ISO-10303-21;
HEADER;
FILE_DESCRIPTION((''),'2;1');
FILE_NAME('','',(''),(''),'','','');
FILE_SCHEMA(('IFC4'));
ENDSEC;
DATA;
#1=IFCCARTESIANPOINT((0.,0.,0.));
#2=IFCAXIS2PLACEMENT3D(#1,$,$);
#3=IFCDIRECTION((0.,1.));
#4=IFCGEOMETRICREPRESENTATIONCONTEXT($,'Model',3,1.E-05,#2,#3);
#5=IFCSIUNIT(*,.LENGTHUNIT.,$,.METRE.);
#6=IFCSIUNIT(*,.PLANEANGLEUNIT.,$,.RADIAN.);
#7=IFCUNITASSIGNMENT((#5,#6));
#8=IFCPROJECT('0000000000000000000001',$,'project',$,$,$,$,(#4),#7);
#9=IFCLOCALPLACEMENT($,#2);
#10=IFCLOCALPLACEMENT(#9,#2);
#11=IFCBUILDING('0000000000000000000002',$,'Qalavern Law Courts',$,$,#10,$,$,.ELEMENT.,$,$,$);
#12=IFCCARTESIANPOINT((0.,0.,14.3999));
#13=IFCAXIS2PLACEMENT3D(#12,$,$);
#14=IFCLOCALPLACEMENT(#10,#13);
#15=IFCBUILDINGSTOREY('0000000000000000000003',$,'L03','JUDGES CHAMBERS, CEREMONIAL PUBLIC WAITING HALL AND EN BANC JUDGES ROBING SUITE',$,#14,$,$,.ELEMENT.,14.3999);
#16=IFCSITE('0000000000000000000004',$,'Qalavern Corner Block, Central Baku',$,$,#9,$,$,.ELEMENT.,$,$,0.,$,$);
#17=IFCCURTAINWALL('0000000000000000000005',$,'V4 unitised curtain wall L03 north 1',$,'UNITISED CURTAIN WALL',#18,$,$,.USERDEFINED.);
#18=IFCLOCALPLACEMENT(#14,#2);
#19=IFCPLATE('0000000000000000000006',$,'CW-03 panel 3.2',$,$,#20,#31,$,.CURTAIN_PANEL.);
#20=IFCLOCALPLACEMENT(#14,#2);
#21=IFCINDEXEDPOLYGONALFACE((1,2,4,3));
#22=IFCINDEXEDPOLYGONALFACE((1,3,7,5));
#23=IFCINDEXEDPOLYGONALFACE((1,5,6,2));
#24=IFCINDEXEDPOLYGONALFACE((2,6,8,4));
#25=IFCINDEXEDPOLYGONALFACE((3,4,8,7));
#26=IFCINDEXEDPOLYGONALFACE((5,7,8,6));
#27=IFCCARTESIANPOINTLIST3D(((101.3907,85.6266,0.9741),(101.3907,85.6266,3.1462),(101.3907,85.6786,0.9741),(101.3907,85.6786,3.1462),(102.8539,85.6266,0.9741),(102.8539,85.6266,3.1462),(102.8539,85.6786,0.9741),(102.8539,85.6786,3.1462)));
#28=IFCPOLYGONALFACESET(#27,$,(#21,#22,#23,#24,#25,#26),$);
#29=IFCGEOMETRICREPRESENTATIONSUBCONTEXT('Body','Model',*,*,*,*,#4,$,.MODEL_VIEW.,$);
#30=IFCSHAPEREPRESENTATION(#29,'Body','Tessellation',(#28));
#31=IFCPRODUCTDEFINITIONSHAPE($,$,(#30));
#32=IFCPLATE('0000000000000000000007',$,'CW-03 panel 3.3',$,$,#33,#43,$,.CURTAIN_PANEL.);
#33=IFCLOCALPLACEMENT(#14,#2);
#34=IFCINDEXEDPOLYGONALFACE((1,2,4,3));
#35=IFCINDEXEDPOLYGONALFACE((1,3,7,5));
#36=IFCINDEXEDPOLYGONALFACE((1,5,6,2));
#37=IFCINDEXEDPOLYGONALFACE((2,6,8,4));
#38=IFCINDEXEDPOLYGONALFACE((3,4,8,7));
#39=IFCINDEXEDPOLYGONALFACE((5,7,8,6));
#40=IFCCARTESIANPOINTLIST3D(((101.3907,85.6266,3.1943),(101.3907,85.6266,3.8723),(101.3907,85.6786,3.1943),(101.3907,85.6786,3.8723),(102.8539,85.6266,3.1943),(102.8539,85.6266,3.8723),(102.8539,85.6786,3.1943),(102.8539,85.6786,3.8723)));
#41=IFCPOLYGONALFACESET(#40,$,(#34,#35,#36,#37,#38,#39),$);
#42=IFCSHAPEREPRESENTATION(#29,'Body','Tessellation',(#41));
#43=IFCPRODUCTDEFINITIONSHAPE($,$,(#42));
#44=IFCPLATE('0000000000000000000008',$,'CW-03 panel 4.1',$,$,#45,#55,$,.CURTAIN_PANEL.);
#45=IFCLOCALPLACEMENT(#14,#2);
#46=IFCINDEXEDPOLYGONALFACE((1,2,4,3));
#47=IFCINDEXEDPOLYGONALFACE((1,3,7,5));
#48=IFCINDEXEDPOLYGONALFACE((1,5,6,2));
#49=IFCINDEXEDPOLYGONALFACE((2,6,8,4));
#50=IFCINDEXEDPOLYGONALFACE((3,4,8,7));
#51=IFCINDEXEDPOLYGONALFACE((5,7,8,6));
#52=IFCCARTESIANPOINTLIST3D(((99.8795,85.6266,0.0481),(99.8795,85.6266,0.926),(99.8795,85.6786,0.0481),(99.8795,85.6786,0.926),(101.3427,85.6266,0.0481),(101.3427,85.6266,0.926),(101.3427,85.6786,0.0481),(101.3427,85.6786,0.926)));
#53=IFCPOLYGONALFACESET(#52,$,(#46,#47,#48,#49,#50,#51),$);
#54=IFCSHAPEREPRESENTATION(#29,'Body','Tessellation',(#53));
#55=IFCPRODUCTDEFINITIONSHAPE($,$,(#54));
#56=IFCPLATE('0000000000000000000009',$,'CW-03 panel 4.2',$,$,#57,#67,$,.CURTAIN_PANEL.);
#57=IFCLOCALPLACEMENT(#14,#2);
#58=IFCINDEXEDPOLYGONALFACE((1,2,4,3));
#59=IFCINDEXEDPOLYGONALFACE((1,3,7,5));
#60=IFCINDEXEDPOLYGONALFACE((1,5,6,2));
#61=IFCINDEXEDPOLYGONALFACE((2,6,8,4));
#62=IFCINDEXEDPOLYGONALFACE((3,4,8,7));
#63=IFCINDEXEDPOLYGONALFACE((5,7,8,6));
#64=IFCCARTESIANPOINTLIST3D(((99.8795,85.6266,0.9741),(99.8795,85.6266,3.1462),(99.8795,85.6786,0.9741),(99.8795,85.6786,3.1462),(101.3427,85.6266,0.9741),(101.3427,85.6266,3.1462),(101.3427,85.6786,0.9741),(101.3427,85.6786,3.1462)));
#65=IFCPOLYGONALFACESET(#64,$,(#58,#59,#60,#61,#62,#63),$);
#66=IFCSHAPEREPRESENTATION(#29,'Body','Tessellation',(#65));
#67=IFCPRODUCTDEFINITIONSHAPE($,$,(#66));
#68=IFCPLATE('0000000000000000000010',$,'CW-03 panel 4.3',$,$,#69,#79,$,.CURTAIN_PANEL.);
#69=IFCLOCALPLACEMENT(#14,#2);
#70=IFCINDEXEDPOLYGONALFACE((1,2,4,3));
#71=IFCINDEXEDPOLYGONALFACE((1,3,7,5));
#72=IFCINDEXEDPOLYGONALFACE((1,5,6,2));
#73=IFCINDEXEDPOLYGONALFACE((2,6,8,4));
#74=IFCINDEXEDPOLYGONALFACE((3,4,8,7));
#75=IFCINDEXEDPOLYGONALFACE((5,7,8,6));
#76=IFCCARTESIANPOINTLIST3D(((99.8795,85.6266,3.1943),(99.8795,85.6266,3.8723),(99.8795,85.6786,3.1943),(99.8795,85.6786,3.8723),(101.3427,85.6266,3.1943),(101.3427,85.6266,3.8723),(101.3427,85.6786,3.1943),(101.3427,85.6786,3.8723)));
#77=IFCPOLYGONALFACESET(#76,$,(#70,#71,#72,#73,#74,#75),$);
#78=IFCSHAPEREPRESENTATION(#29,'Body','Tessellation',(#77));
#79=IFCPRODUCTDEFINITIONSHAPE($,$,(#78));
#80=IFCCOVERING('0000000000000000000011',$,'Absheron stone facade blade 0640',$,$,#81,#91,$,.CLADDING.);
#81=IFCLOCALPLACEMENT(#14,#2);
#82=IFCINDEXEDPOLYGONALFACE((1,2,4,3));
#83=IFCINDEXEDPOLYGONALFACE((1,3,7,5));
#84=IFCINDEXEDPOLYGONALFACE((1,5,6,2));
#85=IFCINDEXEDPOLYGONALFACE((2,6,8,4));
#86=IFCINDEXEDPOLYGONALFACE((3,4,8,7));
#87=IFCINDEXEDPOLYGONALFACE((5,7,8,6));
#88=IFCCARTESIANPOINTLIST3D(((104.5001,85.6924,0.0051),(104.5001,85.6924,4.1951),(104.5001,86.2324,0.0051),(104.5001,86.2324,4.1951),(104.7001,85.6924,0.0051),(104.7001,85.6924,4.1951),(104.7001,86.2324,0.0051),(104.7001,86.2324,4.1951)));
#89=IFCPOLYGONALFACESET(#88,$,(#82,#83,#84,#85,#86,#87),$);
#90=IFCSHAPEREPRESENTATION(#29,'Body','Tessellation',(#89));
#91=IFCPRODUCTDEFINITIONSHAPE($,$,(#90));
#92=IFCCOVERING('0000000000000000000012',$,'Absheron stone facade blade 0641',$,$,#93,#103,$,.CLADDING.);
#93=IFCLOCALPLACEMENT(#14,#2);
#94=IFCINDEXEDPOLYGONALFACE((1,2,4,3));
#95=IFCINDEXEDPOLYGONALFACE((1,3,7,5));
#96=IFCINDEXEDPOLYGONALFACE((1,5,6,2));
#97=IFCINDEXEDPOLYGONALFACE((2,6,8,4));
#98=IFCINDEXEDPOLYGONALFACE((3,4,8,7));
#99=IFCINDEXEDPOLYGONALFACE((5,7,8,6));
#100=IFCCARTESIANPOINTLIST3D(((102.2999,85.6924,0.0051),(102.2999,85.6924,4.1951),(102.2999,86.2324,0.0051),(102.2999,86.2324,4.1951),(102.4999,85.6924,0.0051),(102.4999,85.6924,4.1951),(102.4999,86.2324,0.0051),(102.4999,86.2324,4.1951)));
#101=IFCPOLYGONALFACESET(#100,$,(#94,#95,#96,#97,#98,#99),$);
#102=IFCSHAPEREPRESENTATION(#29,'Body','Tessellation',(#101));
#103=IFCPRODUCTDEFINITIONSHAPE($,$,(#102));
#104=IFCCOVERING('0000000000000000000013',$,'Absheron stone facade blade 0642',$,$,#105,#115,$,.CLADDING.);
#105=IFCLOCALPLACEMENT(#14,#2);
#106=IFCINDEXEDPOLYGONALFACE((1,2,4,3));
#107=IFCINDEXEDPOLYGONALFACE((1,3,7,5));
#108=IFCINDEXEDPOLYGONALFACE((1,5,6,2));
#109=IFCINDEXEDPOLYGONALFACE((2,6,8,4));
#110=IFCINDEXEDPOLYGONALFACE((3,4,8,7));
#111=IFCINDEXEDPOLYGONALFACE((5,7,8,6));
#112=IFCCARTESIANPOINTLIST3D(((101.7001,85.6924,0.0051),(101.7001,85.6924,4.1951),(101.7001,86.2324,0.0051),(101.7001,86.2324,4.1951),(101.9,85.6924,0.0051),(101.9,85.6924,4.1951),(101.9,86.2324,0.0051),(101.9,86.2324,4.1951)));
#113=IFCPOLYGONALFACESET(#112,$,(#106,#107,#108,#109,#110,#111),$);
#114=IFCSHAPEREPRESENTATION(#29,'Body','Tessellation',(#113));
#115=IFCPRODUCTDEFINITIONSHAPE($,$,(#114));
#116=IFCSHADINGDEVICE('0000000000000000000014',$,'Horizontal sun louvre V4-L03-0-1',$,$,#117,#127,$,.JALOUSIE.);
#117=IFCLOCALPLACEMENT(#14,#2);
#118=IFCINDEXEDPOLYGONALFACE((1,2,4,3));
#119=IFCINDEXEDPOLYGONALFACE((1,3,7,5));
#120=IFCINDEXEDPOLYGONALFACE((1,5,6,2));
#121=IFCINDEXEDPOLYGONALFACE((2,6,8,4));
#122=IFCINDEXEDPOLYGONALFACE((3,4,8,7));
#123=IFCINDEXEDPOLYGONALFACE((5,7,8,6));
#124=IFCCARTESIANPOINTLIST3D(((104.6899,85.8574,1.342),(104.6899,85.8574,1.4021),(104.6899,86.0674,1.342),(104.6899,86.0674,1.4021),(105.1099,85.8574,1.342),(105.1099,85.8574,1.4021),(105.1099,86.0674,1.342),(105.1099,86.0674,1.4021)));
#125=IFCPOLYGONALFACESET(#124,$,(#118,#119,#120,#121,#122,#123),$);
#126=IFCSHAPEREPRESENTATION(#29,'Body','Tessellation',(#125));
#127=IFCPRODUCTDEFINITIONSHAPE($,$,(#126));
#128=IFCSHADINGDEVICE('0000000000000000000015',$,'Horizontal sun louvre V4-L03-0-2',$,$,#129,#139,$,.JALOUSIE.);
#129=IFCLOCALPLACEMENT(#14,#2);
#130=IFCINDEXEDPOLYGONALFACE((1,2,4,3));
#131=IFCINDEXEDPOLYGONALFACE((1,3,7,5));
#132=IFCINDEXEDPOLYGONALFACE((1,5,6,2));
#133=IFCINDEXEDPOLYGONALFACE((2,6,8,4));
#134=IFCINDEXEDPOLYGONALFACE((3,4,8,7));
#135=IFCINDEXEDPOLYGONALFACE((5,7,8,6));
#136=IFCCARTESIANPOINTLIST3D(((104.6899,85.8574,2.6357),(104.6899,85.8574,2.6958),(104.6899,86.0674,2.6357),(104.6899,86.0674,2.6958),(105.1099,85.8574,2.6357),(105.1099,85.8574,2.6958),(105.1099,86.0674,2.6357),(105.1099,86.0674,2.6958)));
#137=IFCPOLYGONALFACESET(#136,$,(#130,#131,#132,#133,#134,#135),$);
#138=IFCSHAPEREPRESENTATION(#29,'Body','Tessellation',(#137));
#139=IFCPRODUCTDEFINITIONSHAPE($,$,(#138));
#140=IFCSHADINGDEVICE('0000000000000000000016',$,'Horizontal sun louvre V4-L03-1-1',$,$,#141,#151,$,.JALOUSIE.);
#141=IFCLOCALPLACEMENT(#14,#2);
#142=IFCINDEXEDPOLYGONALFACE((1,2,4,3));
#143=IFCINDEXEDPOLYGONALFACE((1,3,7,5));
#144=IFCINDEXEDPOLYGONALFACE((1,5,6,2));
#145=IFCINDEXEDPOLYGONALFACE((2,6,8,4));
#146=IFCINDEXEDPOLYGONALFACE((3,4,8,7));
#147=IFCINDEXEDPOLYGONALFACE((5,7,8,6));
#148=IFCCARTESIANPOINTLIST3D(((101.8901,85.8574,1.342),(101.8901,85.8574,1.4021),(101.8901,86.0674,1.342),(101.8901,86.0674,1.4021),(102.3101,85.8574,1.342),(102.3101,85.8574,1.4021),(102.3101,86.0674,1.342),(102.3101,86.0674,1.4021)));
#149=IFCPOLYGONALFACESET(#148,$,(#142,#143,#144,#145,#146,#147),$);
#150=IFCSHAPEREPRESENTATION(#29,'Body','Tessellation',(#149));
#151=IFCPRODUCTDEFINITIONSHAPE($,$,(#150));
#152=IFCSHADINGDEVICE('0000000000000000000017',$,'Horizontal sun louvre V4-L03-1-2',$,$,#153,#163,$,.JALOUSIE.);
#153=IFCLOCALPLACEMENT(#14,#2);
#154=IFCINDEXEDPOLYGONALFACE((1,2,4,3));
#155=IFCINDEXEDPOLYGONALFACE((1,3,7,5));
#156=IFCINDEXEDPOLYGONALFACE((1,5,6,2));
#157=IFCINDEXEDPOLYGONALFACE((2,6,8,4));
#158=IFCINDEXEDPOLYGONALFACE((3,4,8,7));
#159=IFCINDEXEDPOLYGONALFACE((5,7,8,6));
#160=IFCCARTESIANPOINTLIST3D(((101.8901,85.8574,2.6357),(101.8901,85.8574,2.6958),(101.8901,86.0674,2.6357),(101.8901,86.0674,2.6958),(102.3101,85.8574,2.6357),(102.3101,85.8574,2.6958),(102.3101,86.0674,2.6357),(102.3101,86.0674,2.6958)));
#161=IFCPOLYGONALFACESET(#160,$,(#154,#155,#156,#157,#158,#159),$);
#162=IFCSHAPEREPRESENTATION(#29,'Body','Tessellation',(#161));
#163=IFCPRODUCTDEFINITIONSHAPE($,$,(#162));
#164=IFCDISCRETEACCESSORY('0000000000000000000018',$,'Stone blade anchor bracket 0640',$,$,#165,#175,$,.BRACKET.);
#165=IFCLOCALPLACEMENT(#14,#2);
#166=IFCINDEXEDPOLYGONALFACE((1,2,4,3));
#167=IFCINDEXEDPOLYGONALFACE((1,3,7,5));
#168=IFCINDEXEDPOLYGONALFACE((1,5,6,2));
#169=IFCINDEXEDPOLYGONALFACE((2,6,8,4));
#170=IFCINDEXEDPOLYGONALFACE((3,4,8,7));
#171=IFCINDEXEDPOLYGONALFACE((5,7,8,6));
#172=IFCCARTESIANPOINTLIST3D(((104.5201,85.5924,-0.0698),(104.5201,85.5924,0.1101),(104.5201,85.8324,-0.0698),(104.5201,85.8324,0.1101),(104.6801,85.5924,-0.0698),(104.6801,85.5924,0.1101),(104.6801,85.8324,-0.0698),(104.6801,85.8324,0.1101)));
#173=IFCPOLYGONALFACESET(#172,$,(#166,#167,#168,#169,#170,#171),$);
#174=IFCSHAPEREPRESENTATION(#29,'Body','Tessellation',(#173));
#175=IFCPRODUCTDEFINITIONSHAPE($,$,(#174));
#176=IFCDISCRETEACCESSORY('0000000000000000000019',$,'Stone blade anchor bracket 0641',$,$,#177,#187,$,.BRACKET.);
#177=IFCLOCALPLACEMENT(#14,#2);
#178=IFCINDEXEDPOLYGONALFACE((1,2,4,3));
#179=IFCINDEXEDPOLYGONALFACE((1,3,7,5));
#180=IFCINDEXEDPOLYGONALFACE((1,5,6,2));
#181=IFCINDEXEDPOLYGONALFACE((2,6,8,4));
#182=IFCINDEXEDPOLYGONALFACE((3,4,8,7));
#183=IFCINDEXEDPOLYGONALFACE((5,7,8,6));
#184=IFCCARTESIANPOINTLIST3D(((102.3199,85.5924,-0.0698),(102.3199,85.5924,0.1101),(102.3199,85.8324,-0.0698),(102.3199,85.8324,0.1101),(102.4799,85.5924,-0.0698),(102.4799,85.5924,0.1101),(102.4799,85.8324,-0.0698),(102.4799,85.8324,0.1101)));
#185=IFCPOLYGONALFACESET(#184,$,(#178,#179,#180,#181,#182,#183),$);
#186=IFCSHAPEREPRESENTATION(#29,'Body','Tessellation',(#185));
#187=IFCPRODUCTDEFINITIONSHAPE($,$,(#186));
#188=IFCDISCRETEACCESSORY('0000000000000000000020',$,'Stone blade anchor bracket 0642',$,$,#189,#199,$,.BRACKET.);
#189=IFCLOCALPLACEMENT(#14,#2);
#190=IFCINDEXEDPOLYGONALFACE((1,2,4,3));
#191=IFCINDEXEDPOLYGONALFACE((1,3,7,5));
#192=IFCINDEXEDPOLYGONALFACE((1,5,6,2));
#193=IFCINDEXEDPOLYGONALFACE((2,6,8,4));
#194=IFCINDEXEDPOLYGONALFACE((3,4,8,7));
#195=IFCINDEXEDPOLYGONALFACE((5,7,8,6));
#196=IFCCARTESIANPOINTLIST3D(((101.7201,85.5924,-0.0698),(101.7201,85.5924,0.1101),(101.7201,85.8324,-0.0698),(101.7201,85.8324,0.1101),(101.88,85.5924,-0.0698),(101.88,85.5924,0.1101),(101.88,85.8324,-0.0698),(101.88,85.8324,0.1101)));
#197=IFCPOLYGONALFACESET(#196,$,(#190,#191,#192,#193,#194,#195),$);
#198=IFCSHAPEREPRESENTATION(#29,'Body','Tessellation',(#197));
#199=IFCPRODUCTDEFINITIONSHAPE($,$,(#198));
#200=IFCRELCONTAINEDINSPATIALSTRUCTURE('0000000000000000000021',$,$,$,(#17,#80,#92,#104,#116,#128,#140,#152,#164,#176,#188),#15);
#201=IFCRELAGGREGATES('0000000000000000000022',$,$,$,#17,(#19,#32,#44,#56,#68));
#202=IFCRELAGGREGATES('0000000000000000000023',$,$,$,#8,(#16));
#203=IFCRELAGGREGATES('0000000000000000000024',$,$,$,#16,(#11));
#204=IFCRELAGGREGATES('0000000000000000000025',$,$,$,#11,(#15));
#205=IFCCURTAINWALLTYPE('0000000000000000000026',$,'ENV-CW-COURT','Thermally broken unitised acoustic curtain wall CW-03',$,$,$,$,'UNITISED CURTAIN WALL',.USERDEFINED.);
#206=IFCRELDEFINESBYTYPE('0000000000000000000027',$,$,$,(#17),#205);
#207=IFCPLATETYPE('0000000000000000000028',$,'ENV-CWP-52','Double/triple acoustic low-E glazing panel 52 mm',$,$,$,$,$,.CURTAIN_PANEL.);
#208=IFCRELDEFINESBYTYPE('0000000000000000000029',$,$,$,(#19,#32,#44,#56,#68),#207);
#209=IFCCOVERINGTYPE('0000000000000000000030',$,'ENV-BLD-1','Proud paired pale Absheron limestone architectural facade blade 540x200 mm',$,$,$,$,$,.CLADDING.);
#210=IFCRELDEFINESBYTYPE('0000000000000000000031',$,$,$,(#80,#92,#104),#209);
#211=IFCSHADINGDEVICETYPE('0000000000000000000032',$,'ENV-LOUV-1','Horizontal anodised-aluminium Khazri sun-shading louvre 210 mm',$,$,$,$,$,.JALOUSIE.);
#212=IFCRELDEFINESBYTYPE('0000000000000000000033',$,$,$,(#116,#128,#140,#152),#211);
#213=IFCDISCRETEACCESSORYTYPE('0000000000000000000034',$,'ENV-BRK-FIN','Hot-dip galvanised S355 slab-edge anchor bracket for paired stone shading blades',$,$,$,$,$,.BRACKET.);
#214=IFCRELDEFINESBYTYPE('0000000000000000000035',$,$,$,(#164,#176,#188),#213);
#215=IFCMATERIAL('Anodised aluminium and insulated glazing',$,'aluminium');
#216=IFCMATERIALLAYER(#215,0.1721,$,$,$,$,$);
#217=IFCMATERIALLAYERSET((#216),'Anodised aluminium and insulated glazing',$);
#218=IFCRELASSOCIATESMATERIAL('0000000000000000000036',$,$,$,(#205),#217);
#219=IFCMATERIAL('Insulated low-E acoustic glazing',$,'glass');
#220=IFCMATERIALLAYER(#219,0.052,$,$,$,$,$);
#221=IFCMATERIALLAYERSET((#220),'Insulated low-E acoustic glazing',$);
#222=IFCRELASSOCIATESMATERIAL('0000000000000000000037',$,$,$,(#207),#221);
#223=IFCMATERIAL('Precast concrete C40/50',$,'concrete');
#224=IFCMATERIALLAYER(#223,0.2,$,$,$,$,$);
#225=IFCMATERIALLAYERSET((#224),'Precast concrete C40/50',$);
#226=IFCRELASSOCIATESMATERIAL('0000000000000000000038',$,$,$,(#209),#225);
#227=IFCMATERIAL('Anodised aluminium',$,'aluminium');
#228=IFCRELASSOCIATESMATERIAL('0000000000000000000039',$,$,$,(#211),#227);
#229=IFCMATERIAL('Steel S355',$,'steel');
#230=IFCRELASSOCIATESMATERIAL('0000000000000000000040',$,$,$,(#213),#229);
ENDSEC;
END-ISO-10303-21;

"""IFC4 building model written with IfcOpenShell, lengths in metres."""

from ifc_helpers import new_model, si_unit, direction, frame, origin, origin_2d, place, context, subcontext, project, spatial, rectangle, extrude, material, layer, layer_set, type_object, element, aggregate, save


model = new_model("IFC4")

# Units and contexts
model_context = context("Model", 3, precision=1e-05, world=origin(), true_north=direction((0.0, 1.0)))
body_context = subcontext(model_context, "Body", "Model", "MODEL_VIEW")
ifc_project = project(units=[si_unit("LENGTHUNIT", "METRE"), si_unit("PLANEANGLEUNIT", "RADIAN")], contexts=[model_context])

# Site, building, storey
site_placement = place(None, origin())
site = spatial("IfcSite", under=ifc_project, at=site_placement, Name="Qalavern Corner Block, Central Baku", CompositionType="ELEMENT", RefElevation=0.0)
building_placement = place(site_placement, origin())
building = spatial("IfcBuilding", under=site, at=building_placement, Name="Qalavern Law Courts", CompositionType="ELEMENT")
storey_placement = place(building_placement, frame((0.0, 0.0, 14.3999)))
storey = spatial("IfcBuildingStorey", under=building, at=storey_placement, Name="L03", Description="JUDGES CHAMBERS, CEREMONIAL PUBLIC WAITING HALL AND EN BANC JUDGES ROBING SUITE", CompositionType="ELEMENT", Elevation=14.3999)

# Curtain wall, plates
ifc_material_1 = material(Name="Anodised aluminium and insulated glazing", Category="aluminium")
ifc_layer_1 = layer(ifc_material_1, 0.1721)
ifc_layer_set_1 = layer_set([ifc_layer_1], Name="Anodised aluminium and insulated glazing")
curtain_wall_type = type_object("IfcCurtainWallType", Name="ENV-CW-COURT", Description="Thermally broken unitised acoustic curtain wall CW-03", ElementType="UNITISED CURTAIN WALL", PredefinedType="USERDEFINED", material=ifc_layer_set_1)
curtain_wall_placement = place(storey_placement, origin())
curtain_wall = element("IfcCurtainWall", 1, at=curtain_wall_placement, inside=storey, type_object=curtain_wall_type, Name="V4 unitised curtain wall L03 north 1", ObjectType="UNITISED CURTAIN WALL", PredefinedType="USERDEFINED")
ifc_material_2 = material(Name="Anodised aluminium", Category="aluminium")
ifc_material_3 = material(Name="Insulated low-E acoustic glazing", Category="glass")
ifc_layer_2 = layer(ifc_material_3, 0.052)
ifc_layer_set_2 = layer_set([ifc_layer_2], Name="Insulated low-E acoustic glazing")
plate_type = type_object("IfcPlateType", Name="ENV-CWP-52", Description="Double/triple acoustic low-E glazing panel 52 mm", PredefinedType="CURTAIN_PANEL", material=ifc_layer_set_2)
plate_1_placement = place(storey_placement, frame((102.1223, 85.6526, 0.9741), z_axis=(0.0, 0.0, 1.0), x_axis=(-1.0, 0.0, 0.0)))
plate_1 = element("IfcPlate", 2, at=plate_1_placement, type_object=plate_type, Name="CW-03 panel 3.2", PredefinedType="CURTAIN_PANEL", context=body_context, shape_type="SweptSolid", body=[
    extrude(rectangle(XDim=1.4631, YDim=0.052, at=origin_2d()), origin(), (0.0, 0.0, 1.0), 2.1721),
])
plate_2_placement = place(storey_placement, frame((102.1223, 85.6526, 3.1943), z_axis=(0.0, 0.0, 1.0), x_axis=(-1.0, 0.0, 0.0)))
plate_2 = element("IfcPlate", 3, at=plate_2_placement, type_object=plate_type, Name="CW-03 panel 3.3", PredefinedType="CURTAIN_PANEL", context=body_context, shape_type="SweptSolid", body=[
    extrude(rectangle(XDim=1.4631, YDim=0.052, at=origin_2d()), origin(), (0.0, 0.0, 1.0), 0.678),
])
plate_3_placement = place(storey_placement, frame((100.6111, 85.6526, 0.0481), z_axis=(0.0, 0.0, 1.0), x_axis=(-1.0, 0.0, 0.0)))
plate_3 = element("IfcPlate", 4, at=plate_3_placement, type_object=plate_type, Name="CW-03 panel 4.1", PredefinedType="CURTAIN_PANEL", context=body_context, shape_type="SweptSolid", body=[
    extrude(rectangle(XDim=1.4631, YDim=0.052, at=origin_2d()), origin(), (0.0, 0.0, 1.0), 0.8779),
])
plate_4_placement = place(storey_placement, frame((100.6111, 85.6526, 0.9741), z_axis=(0.0, 0.0, 1.0), x_axis=(-1.0, 0.0, 0.0)))
plate_4 = element("IfcPlate", 5, at=plate_4_placement, type_object=plate_type, Name="CW-03 panel 4.2", PredefinedType="CURTAIN_PANEL", context=body_context, shape_type="SweptSolid", body=[
    extrude(rectangle(XDim=1.4631, YDim=0.052, at=origin_2d()), origin(), (0.0, 0.0, 1.0), 2.1721),
])
plate_5_placement = place(storey_placement, frame((100.6111, 85.6526, 3.1943), z_axis=(0.0, 0.0, 1.0), x_axis=(-1.0, 0.0, 0.0)))
plate_5 = element("IfcPlate", 6, at=plate_5_placement, type_object=plate_type, Name="CW-03 panel 4.3", PredefinedType="CURTAIN_PANEL", context=body_context, shape_type="SweptSolid", body=[
    extrude(rectangle(XDim=1.4631, YDim=0.052, at=origin_2d()), origin(), (0.0, 0.0, 1.0), 0.678),
])
aggregate(curtain_wall, [plate_1, plate_2, plate_3, plate_4, plate_5])

# Coverings
ifc_material_4 = material(Name="Precast concrete C40/50", Category="concrete")
ifc_layer_3 = layer(ifc_material_4, 0.2)
ifc_layer_set_3 = layer_set([ifc_layer_3], Name="Precast concrete C40/50")
covering_type = type_object("IfcCoveringType", Name="ENV-BLD-1", Description="Proud paired pale Absheron limestone architectural facade blade 540x200 mm", PredefinedType="CLADDING", material=ifc_layer_set_3)
for number, where, z_axis, x_axis, name in (
    (7, (104.6001, 85.9624, 0.0051), (0.0, 0.0, 1.0), (0.0, 1.0, 0.0), "Absheron stone facade blade 0640"),
    (8, (102.3999, 85.9624, 0.0051), (0.0, 0.0, 1.0), (0.0, 1.0, 0.0), "Absheron stone facade blade 0641"),
    (9, (101.8, 85.9624, 0.0051), (0.0, 0.0, 1.0), (0.0, 1.0, 0.0), "Absheron stone facade blade 0642"),
):
    element("IfcCovering", number, at=place(storey_placement, frame(where, z_axis=z_axis, x_axis=x_axis)), inside=storey, type_object=covering_type, Name=name, PredefinedType="CLADDING", context=body_context, shape_type="SweptSolid", body=[
        extrude(rectangle(XDim=0.54, YDim=0.2, at=origin_2d()), origin(), (0.0, 0.0, 1.0), 4.1899),
    ])

# Shading devices
shading_device_type = type_object("IfcShadingDeviceType", Name="ENV-LOUV-1", Description="Horizontal anodised-aluminium Khazri sun-shading louvre 210 mm", PredefinedType="JALOUSIE", material=ifc_material_2)
for number, where, z_axis, x_axis, name in (
    (10, (104.8999, 85.9624, 1.342), (0.0, 0.0, 1.0), (-1.0, 0.0, 0.0), "Horizontal sun louvre V4-L03-0-1"),
    (11, (104.8999, 85.9624, 2.6357), (0.0, 0.0, 1.0), (-1.0, 0.0, 0.0), "Horizontal sun louvre V4-L03-0-2"),
    (12, (102.1001, 85.9624, 1.342), (0.0, 0.0, 1.0), (-1.0, 0.0, 0.0), "Horizontal sun louvre V4-L03-1-1"),
    (13, (102.1001, 85.9624, 2.6357), (0.0, 0.0, 1.0), (-1.0, 0.0, 0.0), "Horizontal sun louvre V4-L03-1-2"),
):
    element("IfcShadingDevice", number, at=place(storey_placement, frame(where, z_axis=z_axis, x_axis=x_axis)), inside=storey, type_object=shading_device_type, Name=name, PredefinedType="JALOUSIE", context=body_context, shape_type="SweptSolid", body=[
        extrude(rectangle(XDim=0.4199, YDim=0.21, at=origin_2d()), origin(), (0.0, 0.0, 1.0), 0.0601),
    ])

# Discrete accessories
ifc_material_5 = material(Name="Steel S355", Category="steel")
discrete_accessory_type = type_object("IfcDiscreteAccessoryType", Name="ENV-BRK-FIN", Description="Hot-dip galvanised S355 slab-edge anchor bracket for paired stone shading blades", PredefinedType="BRACKET", material=ifc_material_5)
for number, where, z_axis, x_axis, name in (
    (14, (104.6001, 85.7124, -0.0698), (0.0, 0.0, 1.0), (0.0, 1.0, 0.0), "Stone blade anchor bracket 0640"),
    (15, (102.3999, 85.7124, -0.0698), (0.0, 0.0, 1.0), (0.0, 1.0, 0.0), "Stone blade anchor bracket 0641"),
    (16, (101.8, 85.7124, -0.0698), (0.0, 0.0, 1.0), (0.0, 1.0, 0.0), "Stone blade anchor bracket 0642"),
):
    element("IfcDiscreteAccessory", number, at=place(storey_placement, frame(where, z_axis=z_axis, x_axis=x_axis)), inside=storey, type_object=discrete_accessory_type, Name=name, PredefinedType="BRACKET", context=body_context, shape_type="SweptSolid", body=[
        extrude(rectangle(XDim=0.24, YDim=0.1599, at=origin_2d()), origin(), (0.0, 0.0, 1.0), 0.1799),
    ])

save(model, "model.ifc")
